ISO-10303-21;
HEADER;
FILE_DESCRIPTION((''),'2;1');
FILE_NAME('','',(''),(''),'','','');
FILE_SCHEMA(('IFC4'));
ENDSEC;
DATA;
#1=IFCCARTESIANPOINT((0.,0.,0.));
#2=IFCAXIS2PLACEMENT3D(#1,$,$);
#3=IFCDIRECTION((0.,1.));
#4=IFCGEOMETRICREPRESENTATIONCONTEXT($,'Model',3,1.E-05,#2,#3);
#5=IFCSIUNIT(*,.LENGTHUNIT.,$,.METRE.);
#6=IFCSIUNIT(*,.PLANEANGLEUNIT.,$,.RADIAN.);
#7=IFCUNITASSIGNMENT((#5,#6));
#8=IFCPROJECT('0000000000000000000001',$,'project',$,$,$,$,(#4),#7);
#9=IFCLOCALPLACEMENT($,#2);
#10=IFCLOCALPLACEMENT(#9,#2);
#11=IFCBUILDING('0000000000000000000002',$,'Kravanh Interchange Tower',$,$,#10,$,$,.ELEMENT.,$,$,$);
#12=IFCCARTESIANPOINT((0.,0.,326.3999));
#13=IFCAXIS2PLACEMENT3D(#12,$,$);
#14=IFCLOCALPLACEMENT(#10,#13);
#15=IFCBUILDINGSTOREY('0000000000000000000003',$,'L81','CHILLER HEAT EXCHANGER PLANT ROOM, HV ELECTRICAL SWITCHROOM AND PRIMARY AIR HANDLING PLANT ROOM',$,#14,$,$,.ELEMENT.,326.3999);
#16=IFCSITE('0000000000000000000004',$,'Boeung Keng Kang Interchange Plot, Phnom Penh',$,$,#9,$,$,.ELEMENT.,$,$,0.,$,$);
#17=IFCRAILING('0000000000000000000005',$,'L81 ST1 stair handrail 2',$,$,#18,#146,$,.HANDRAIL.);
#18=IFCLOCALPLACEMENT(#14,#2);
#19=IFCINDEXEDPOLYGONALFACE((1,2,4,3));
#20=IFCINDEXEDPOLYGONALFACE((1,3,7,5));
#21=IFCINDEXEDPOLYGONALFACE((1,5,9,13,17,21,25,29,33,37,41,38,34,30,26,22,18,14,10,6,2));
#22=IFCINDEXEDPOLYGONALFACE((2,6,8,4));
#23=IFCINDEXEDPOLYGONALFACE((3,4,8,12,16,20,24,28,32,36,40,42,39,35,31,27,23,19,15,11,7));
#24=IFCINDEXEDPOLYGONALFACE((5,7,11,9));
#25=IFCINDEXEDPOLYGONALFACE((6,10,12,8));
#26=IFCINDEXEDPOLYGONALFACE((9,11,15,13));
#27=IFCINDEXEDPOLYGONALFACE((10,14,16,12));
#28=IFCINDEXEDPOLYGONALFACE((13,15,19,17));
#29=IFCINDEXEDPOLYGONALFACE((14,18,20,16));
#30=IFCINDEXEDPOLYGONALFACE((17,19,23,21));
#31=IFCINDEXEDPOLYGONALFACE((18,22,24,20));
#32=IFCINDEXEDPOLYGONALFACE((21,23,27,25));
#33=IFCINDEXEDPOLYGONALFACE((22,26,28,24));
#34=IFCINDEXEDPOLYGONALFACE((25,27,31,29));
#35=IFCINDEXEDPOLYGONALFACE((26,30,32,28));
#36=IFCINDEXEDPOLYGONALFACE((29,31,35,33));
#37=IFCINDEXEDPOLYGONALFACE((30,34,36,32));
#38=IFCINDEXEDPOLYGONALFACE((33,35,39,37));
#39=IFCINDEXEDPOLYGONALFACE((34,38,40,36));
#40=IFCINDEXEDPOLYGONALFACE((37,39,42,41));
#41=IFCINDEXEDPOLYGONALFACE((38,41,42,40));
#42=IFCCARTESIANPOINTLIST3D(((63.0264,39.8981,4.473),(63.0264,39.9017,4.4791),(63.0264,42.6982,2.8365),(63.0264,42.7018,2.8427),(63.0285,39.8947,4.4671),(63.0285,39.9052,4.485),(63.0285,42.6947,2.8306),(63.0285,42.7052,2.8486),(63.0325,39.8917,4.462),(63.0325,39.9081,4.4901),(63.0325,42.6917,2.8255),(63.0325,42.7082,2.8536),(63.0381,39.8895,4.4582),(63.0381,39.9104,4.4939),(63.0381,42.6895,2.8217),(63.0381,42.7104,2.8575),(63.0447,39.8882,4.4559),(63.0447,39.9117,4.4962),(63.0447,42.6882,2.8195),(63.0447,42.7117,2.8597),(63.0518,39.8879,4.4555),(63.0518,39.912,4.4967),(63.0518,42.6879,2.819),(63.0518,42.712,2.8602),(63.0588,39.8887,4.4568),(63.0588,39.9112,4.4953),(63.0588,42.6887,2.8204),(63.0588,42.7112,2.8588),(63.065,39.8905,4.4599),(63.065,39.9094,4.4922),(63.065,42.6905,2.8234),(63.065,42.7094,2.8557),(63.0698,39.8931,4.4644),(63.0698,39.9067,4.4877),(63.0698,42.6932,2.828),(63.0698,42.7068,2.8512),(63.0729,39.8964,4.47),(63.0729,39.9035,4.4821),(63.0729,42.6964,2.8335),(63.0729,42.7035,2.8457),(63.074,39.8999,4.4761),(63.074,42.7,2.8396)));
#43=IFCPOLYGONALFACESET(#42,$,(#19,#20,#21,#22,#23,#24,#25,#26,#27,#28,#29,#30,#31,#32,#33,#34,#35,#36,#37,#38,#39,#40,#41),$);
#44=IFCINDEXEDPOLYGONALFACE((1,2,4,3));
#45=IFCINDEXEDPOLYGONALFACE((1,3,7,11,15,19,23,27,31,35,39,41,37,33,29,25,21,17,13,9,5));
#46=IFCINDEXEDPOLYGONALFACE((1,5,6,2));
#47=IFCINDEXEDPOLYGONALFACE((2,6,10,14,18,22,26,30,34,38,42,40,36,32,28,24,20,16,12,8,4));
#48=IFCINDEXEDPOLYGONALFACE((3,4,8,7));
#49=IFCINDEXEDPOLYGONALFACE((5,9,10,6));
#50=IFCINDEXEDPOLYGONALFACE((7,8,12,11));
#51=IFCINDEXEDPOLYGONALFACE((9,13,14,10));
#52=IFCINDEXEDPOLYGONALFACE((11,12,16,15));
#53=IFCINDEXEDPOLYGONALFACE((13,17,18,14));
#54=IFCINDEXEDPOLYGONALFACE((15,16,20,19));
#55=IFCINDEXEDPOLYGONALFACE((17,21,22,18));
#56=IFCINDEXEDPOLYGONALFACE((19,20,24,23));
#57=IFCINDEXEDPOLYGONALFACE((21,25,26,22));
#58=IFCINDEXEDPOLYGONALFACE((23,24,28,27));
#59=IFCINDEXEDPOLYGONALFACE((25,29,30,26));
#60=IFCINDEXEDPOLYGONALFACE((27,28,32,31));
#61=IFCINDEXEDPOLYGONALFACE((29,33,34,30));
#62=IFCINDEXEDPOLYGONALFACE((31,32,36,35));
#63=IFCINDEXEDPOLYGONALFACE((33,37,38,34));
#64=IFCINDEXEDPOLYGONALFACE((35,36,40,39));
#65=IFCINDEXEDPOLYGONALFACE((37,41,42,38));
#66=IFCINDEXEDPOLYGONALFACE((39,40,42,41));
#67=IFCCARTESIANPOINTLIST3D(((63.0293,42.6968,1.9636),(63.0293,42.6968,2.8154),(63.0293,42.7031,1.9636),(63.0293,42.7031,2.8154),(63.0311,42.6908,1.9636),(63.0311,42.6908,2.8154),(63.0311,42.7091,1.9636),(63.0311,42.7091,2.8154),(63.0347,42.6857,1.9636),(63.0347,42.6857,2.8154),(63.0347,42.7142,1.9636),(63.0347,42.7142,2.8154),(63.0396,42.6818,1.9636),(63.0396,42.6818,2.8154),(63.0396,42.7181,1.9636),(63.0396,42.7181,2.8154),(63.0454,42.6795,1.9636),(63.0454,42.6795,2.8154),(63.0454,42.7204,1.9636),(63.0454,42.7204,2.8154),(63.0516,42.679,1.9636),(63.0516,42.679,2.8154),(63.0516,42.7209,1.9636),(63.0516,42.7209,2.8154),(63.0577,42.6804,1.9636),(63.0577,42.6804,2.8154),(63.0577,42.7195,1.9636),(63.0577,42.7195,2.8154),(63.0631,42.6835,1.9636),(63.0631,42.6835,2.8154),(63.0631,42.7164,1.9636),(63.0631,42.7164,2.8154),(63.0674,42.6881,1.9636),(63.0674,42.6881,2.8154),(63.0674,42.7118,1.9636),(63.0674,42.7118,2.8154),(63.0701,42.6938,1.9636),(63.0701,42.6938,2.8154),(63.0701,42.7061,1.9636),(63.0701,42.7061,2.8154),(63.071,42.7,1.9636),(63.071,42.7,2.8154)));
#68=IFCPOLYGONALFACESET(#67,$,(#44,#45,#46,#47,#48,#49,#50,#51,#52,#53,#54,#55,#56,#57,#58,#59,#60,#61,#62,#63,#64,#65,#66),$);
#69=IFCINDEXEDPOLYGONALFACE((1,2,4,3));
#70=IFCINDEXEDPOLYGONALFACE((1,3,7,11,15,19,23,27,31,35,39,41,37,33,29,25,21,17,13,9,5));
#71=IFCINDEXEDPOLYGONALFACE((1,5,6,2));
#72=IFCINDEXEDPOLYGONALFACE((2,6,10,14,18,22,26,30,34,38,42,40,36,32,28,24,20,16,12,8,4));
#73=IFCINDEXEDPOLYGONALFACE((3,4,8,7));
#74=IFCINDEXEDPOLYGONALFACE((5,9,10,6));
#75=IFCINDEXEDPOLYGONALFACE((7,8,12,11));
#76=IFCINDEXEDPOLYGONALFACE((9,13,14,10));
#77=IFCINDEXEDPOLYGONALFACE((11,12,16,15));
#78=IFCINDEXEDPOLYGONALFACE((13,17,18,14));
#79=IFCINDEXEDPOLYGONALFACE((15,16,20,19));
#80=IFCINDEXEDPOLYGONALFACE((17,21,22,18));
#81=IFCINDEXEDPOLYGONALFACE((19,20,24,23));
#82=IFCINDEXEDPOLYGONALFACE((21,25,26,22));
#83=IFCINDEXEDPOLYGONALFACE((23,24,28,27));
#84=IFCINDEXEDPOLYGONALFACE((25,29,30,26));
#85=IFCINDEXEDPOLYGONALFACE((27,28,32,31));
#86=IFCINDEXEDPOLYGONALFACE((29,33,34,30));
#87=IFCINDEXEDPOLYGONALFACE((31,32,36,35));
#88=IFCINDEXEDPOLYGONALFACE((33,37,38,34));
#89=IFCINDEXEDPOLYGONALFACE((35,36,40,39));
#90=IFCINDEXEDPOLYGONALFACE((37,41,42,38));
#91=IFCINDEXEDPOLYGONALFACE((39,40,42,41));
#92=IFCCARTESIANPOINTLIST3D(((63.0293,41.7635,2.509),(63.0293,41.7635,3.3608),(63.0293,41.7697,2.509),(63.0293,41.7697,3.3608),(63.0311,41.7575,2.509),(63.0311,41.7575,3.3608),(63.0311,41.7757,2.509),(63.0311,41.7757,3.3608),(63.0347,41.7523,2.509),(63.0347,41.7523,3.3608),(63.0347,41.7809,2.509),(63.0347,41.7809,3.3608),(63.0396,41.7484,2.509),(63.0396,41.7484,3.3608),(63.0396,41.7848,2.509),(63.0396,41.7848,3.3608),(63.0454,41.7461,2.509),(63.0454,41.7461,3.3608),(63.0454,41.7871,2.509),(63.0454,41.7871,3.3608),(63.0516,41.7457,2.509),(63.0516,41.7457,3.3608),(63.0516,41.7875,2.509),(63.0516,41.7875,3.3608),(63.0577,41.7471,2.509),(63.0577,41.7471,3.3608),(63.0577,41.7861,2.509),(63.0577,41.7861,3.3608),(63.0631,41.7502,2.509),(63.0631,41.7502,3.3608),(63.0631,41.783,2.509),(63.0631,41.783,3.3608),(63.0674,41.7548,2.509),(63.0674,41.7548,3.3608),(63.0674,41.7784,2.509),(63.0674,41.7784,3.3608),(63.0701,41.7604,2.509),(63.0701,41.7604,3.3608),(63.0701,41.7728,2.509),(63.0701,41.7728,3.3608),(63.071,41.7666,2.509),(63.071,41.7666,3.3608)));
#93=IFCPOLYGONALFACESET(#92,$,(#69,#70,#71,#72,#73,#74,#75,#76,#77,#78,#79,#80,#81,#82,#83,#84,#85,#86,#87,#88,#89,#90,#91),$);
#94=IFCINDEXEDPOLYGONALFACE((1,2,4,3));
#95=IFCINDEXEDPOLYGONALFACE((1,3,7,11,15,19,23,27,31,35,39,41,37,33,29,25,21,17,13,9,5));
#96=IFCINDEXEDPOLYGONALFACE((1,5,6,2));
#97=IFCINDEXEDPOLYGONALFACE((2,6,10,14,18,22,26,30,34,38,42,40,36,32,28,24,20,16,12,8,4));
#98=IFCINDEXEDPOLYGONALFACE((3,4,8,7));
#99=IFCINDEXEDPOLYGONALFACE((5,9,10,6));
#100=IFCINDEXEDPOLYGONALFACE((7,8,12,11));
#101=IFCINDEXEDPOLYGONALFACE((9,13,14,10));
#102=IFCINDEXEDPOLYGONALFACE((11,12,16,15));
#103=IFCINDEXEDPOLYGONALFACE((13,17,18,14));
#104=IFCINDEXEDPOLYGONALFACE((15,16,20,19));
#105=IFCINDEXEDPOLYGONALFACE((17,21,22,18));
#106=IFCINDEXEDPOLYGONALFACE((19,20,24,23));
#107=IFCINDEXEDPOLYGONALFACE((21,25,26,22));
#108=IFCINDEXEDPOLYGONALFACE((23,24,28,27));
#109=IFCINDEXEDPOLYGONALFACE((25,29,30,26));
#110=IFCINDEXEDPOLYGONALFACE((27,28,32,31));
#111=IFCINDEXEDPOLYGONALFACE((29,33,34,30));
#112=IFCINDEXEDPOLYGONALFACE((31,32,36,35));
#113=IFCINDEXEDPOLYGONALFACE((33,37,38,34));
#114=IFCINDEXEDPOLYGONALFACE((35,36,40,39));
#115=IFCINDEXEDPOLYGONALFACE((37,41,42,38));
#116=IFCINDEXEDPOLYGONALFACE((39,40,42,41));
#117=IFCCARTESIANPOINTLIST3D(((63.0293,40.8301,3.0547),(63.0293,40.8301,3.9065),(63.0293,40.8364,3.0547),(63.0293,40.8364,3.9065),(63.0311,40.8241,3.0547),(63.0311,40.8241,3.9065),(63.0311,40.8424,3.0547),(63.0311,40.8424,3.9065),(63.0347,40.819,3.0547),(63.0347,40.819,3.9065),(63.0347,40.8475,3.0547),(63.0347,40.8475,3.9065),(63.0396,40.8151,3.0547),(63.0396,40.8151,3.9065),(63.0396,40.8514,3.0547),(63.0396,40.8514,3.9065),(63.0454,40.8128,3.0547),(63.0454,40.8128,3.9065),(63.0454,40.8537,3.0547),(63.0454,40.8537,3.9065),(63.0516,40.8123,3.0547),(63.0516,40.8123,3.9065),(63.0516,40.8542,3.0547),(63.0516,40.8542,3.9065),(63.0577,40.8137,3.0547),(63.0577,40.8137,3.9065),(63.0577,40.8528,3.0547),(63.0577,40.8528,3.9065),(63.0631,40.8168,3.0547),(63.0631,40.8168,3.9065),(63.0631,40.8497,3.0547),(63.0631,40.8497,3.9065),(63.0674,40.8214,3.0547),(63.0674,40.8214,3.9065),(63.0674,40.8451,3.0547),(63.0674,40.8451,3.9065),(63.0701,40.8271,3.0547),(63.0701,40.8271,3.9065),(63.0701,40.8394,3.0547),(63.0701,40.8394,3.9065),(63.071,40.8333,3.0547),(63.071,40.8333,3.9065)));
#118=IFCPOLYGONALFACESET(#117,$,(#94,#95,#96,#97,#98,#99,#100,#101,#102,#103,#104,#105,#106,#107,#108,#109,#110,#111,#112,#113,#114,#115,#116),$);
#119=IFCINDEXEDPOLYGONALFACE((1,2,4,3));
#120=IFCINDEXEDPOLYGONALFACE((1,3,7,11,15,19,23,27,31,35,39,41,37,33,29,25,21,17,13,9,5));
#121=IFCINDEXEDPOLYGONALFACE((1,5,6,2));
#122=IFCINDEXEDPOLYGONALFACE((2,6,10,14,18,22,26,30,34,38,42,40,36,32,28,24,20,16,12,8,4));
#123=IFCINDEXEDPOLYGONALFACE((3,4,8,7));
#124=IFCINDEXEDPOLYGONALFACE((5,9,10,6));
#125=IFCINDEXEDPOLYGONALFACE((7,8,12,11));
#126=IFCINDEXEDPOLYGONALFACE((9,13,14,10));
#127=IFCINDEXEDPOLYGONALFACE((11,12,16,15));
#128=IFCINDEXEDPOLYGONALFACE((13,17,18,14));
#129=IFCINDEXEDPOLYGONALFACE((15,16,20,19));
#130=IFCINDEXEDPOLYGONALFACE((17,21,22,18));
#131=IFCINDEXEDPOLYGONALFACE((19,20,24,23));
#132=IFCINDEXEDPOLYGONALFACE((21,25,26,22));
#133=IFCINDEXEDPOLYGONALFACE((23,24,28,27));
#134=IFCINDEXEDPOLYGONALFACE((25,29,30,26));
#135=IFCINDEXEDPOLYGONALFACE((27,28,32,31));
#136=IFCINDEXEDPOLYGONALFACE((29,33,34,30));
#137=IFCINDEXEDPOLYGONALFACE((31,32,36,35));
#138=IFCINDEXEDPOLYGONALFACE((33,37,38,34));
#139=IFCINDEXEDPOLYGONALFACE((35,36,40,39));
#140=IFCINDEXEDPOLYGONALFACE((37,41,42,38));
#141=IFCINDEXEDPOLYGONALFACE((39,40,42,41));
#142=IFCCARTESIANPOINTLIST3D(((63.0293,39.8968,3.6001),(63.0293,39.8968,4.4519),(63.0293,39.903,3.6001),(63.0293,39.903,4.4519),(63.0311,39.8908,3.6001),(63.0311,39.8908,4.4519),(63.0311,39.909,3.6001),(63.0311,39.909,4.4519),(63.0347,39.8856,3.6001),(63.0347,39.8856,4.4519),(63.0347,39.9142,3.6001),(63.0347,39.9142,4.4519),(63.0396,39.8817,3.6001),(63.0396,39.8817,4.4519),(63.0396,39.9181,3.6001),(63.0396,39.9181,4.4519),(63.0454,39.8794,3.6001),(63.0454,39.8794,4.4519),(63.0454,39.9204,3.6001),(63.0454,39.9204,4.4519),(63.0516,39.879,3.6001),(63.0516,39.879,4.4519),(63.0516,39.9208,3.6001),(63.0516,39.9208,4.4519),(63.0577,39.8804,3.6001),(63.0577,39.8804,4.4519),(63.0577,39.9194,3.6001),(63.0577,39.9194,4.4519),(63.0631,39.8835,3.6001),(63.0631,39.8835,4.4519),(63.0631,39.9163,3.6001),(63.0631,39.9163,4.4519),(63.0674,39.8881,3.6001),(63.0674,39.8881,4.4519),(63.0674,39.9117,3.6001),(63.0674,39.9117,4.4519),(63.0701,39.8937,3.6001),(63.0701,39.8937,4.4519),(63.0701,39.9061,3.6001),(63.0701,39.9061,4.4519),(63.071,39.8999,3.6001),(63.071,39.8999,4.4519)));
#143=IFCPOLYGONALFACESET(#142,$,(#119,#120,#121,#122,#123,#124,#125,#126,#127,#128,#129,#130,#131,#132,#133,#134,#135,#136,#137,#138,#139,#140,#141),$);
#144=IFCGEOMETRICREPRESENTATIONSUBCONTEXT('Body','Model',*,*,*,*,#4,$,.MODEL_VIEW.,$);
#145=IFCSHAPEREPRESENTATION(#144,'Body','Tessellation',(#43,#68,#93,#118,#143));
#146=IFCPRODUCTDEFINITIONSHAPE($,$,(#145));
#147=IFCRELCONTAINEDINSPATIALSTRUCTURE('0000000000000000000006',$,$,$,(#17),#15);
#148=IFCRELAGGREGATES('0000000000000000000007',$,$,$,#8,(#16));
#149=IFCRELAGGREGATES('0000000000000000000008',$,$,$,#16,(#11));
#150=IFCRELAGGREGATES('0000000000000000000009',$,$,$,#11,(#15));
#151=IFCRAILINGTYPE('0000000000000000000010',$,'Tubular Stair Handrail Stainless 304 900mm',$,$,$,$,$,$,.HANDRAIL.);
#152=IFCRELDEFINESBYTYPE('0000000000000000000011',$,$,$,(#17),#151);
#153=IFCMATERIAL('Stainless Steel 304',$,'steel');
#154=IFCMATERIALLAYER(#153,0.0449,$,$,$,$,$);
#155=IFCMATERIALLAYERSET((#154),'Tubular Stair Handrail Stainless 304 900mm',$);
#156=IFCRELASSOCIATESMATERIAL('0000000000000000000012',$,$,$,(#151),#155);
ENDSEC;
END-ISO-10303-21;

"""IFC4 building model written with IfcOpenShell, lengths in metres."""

from ifc_helpers import new_model, si_unit, direction, frame, origin, origin_2d, place, context, subcontext, project, spatial, circle, extrude, material, layer, layer_set, type_object, element, save


model = new_model("IFC4")

# Units and contexts
model_context = context("Model", 3, precision=1e-05, world=origin(), true_north=direction((0.0, 1.0)))
body_context = subcontext(model_context, "Body", "Model", "MODEL_VIEW")
ifc_project = project(units=[si_unit("LENGTHUNIT", "METRE"), si_unit("PLANEANGLEUNIT", "RADIAN")], contexts=[model_context])

# Site, building, storey
site_placement = place(None, origin())
site = spatial("IfcSite", under=ifc_project, at=site_placement, Name="Boeung Keng Kang Interchange Plot, Phnom Penh", CompositionType="ELEMENT", RefElevation=0.0)
building_placement = place(site_placement, origin())
building = spatial("IfcBuilding", under=site, at=building_placement, Name="Kravanh Interchange Tower", CompositionType="ELEMENT")
storey_placement = place(building_placement, frame((0.0, 0.0, 326.3999)))
storey = spatial("IfcBuildingStorey", under=building, at=storey_placement, Name="L81", Description="CHILLER HEAT EXCHANGER PLANT ROOM, HV ELECTRICAL SWITCHROOM AND PRIMARY AIR HANDLING PLANT ROOM", CompositionType="ELEMENT", Elevation=326.3999)

# Railing
ifc_material_1 = material(Name="Stainless Steel 304", Category="steel")
ifc_layer_1 = layer(ifc_material_1, 0.0449)
ifc_layer_set_1 = layer_set([ifc_layer_1], Name="Tubular Stair Handrail Stainless 304 900mm")
railing_type_1 = type_object("IfcRailingType", Name="Tubular Stair Handrail Stainless 304 900mm", PredefinedType="HANDRAIL", material=ifc_layer_set_1)
railing_1_placement = place(storey_placement, frame((63.05, 42.7, 1.9636)))
element("IfcRailing", 1, at=railing_1_placement, inside=storey, type_object=railing_type_1, Name="L81 ST1 stair handrail 2", PredefinedType="HANDRAIL", context=body_context, shape_type="SweptSolid", body=[
    extrude(circle(Radius=0.0239, at=origin_2d()), frame((0.0, 0.0, 0.876), z_axis=(0.0, -0.863361, 0.504587), x_axis=(1.0, 0.0, 0.0)), (0.0, 0.0, 1.0), 3.2432),
    extrude(circle(Radius=0.021, at=origin_2d()), origin(), (0.0, 0.0, 1.0), 0.8518),
    extrude(circle(Radius=0.021, at=origin_2d()), frame((0.0, -0.9333, 0.5454)), (0.0, 0.0, 1.0), 0.8518),
    extrude(circle(Radius=0.021, at=origin_2d()), frame((0.0, -1.8667, 1.0911)), (0.0, 0.0, 1.0), 0.8518),
    extrude(circle(Radius=0.021, at=origin_2d()), frame((0.0, -2.8, 1.6365)), (0.0, 0.0, 1.0), 0.8518),
])

save(model, "model.ifc")
